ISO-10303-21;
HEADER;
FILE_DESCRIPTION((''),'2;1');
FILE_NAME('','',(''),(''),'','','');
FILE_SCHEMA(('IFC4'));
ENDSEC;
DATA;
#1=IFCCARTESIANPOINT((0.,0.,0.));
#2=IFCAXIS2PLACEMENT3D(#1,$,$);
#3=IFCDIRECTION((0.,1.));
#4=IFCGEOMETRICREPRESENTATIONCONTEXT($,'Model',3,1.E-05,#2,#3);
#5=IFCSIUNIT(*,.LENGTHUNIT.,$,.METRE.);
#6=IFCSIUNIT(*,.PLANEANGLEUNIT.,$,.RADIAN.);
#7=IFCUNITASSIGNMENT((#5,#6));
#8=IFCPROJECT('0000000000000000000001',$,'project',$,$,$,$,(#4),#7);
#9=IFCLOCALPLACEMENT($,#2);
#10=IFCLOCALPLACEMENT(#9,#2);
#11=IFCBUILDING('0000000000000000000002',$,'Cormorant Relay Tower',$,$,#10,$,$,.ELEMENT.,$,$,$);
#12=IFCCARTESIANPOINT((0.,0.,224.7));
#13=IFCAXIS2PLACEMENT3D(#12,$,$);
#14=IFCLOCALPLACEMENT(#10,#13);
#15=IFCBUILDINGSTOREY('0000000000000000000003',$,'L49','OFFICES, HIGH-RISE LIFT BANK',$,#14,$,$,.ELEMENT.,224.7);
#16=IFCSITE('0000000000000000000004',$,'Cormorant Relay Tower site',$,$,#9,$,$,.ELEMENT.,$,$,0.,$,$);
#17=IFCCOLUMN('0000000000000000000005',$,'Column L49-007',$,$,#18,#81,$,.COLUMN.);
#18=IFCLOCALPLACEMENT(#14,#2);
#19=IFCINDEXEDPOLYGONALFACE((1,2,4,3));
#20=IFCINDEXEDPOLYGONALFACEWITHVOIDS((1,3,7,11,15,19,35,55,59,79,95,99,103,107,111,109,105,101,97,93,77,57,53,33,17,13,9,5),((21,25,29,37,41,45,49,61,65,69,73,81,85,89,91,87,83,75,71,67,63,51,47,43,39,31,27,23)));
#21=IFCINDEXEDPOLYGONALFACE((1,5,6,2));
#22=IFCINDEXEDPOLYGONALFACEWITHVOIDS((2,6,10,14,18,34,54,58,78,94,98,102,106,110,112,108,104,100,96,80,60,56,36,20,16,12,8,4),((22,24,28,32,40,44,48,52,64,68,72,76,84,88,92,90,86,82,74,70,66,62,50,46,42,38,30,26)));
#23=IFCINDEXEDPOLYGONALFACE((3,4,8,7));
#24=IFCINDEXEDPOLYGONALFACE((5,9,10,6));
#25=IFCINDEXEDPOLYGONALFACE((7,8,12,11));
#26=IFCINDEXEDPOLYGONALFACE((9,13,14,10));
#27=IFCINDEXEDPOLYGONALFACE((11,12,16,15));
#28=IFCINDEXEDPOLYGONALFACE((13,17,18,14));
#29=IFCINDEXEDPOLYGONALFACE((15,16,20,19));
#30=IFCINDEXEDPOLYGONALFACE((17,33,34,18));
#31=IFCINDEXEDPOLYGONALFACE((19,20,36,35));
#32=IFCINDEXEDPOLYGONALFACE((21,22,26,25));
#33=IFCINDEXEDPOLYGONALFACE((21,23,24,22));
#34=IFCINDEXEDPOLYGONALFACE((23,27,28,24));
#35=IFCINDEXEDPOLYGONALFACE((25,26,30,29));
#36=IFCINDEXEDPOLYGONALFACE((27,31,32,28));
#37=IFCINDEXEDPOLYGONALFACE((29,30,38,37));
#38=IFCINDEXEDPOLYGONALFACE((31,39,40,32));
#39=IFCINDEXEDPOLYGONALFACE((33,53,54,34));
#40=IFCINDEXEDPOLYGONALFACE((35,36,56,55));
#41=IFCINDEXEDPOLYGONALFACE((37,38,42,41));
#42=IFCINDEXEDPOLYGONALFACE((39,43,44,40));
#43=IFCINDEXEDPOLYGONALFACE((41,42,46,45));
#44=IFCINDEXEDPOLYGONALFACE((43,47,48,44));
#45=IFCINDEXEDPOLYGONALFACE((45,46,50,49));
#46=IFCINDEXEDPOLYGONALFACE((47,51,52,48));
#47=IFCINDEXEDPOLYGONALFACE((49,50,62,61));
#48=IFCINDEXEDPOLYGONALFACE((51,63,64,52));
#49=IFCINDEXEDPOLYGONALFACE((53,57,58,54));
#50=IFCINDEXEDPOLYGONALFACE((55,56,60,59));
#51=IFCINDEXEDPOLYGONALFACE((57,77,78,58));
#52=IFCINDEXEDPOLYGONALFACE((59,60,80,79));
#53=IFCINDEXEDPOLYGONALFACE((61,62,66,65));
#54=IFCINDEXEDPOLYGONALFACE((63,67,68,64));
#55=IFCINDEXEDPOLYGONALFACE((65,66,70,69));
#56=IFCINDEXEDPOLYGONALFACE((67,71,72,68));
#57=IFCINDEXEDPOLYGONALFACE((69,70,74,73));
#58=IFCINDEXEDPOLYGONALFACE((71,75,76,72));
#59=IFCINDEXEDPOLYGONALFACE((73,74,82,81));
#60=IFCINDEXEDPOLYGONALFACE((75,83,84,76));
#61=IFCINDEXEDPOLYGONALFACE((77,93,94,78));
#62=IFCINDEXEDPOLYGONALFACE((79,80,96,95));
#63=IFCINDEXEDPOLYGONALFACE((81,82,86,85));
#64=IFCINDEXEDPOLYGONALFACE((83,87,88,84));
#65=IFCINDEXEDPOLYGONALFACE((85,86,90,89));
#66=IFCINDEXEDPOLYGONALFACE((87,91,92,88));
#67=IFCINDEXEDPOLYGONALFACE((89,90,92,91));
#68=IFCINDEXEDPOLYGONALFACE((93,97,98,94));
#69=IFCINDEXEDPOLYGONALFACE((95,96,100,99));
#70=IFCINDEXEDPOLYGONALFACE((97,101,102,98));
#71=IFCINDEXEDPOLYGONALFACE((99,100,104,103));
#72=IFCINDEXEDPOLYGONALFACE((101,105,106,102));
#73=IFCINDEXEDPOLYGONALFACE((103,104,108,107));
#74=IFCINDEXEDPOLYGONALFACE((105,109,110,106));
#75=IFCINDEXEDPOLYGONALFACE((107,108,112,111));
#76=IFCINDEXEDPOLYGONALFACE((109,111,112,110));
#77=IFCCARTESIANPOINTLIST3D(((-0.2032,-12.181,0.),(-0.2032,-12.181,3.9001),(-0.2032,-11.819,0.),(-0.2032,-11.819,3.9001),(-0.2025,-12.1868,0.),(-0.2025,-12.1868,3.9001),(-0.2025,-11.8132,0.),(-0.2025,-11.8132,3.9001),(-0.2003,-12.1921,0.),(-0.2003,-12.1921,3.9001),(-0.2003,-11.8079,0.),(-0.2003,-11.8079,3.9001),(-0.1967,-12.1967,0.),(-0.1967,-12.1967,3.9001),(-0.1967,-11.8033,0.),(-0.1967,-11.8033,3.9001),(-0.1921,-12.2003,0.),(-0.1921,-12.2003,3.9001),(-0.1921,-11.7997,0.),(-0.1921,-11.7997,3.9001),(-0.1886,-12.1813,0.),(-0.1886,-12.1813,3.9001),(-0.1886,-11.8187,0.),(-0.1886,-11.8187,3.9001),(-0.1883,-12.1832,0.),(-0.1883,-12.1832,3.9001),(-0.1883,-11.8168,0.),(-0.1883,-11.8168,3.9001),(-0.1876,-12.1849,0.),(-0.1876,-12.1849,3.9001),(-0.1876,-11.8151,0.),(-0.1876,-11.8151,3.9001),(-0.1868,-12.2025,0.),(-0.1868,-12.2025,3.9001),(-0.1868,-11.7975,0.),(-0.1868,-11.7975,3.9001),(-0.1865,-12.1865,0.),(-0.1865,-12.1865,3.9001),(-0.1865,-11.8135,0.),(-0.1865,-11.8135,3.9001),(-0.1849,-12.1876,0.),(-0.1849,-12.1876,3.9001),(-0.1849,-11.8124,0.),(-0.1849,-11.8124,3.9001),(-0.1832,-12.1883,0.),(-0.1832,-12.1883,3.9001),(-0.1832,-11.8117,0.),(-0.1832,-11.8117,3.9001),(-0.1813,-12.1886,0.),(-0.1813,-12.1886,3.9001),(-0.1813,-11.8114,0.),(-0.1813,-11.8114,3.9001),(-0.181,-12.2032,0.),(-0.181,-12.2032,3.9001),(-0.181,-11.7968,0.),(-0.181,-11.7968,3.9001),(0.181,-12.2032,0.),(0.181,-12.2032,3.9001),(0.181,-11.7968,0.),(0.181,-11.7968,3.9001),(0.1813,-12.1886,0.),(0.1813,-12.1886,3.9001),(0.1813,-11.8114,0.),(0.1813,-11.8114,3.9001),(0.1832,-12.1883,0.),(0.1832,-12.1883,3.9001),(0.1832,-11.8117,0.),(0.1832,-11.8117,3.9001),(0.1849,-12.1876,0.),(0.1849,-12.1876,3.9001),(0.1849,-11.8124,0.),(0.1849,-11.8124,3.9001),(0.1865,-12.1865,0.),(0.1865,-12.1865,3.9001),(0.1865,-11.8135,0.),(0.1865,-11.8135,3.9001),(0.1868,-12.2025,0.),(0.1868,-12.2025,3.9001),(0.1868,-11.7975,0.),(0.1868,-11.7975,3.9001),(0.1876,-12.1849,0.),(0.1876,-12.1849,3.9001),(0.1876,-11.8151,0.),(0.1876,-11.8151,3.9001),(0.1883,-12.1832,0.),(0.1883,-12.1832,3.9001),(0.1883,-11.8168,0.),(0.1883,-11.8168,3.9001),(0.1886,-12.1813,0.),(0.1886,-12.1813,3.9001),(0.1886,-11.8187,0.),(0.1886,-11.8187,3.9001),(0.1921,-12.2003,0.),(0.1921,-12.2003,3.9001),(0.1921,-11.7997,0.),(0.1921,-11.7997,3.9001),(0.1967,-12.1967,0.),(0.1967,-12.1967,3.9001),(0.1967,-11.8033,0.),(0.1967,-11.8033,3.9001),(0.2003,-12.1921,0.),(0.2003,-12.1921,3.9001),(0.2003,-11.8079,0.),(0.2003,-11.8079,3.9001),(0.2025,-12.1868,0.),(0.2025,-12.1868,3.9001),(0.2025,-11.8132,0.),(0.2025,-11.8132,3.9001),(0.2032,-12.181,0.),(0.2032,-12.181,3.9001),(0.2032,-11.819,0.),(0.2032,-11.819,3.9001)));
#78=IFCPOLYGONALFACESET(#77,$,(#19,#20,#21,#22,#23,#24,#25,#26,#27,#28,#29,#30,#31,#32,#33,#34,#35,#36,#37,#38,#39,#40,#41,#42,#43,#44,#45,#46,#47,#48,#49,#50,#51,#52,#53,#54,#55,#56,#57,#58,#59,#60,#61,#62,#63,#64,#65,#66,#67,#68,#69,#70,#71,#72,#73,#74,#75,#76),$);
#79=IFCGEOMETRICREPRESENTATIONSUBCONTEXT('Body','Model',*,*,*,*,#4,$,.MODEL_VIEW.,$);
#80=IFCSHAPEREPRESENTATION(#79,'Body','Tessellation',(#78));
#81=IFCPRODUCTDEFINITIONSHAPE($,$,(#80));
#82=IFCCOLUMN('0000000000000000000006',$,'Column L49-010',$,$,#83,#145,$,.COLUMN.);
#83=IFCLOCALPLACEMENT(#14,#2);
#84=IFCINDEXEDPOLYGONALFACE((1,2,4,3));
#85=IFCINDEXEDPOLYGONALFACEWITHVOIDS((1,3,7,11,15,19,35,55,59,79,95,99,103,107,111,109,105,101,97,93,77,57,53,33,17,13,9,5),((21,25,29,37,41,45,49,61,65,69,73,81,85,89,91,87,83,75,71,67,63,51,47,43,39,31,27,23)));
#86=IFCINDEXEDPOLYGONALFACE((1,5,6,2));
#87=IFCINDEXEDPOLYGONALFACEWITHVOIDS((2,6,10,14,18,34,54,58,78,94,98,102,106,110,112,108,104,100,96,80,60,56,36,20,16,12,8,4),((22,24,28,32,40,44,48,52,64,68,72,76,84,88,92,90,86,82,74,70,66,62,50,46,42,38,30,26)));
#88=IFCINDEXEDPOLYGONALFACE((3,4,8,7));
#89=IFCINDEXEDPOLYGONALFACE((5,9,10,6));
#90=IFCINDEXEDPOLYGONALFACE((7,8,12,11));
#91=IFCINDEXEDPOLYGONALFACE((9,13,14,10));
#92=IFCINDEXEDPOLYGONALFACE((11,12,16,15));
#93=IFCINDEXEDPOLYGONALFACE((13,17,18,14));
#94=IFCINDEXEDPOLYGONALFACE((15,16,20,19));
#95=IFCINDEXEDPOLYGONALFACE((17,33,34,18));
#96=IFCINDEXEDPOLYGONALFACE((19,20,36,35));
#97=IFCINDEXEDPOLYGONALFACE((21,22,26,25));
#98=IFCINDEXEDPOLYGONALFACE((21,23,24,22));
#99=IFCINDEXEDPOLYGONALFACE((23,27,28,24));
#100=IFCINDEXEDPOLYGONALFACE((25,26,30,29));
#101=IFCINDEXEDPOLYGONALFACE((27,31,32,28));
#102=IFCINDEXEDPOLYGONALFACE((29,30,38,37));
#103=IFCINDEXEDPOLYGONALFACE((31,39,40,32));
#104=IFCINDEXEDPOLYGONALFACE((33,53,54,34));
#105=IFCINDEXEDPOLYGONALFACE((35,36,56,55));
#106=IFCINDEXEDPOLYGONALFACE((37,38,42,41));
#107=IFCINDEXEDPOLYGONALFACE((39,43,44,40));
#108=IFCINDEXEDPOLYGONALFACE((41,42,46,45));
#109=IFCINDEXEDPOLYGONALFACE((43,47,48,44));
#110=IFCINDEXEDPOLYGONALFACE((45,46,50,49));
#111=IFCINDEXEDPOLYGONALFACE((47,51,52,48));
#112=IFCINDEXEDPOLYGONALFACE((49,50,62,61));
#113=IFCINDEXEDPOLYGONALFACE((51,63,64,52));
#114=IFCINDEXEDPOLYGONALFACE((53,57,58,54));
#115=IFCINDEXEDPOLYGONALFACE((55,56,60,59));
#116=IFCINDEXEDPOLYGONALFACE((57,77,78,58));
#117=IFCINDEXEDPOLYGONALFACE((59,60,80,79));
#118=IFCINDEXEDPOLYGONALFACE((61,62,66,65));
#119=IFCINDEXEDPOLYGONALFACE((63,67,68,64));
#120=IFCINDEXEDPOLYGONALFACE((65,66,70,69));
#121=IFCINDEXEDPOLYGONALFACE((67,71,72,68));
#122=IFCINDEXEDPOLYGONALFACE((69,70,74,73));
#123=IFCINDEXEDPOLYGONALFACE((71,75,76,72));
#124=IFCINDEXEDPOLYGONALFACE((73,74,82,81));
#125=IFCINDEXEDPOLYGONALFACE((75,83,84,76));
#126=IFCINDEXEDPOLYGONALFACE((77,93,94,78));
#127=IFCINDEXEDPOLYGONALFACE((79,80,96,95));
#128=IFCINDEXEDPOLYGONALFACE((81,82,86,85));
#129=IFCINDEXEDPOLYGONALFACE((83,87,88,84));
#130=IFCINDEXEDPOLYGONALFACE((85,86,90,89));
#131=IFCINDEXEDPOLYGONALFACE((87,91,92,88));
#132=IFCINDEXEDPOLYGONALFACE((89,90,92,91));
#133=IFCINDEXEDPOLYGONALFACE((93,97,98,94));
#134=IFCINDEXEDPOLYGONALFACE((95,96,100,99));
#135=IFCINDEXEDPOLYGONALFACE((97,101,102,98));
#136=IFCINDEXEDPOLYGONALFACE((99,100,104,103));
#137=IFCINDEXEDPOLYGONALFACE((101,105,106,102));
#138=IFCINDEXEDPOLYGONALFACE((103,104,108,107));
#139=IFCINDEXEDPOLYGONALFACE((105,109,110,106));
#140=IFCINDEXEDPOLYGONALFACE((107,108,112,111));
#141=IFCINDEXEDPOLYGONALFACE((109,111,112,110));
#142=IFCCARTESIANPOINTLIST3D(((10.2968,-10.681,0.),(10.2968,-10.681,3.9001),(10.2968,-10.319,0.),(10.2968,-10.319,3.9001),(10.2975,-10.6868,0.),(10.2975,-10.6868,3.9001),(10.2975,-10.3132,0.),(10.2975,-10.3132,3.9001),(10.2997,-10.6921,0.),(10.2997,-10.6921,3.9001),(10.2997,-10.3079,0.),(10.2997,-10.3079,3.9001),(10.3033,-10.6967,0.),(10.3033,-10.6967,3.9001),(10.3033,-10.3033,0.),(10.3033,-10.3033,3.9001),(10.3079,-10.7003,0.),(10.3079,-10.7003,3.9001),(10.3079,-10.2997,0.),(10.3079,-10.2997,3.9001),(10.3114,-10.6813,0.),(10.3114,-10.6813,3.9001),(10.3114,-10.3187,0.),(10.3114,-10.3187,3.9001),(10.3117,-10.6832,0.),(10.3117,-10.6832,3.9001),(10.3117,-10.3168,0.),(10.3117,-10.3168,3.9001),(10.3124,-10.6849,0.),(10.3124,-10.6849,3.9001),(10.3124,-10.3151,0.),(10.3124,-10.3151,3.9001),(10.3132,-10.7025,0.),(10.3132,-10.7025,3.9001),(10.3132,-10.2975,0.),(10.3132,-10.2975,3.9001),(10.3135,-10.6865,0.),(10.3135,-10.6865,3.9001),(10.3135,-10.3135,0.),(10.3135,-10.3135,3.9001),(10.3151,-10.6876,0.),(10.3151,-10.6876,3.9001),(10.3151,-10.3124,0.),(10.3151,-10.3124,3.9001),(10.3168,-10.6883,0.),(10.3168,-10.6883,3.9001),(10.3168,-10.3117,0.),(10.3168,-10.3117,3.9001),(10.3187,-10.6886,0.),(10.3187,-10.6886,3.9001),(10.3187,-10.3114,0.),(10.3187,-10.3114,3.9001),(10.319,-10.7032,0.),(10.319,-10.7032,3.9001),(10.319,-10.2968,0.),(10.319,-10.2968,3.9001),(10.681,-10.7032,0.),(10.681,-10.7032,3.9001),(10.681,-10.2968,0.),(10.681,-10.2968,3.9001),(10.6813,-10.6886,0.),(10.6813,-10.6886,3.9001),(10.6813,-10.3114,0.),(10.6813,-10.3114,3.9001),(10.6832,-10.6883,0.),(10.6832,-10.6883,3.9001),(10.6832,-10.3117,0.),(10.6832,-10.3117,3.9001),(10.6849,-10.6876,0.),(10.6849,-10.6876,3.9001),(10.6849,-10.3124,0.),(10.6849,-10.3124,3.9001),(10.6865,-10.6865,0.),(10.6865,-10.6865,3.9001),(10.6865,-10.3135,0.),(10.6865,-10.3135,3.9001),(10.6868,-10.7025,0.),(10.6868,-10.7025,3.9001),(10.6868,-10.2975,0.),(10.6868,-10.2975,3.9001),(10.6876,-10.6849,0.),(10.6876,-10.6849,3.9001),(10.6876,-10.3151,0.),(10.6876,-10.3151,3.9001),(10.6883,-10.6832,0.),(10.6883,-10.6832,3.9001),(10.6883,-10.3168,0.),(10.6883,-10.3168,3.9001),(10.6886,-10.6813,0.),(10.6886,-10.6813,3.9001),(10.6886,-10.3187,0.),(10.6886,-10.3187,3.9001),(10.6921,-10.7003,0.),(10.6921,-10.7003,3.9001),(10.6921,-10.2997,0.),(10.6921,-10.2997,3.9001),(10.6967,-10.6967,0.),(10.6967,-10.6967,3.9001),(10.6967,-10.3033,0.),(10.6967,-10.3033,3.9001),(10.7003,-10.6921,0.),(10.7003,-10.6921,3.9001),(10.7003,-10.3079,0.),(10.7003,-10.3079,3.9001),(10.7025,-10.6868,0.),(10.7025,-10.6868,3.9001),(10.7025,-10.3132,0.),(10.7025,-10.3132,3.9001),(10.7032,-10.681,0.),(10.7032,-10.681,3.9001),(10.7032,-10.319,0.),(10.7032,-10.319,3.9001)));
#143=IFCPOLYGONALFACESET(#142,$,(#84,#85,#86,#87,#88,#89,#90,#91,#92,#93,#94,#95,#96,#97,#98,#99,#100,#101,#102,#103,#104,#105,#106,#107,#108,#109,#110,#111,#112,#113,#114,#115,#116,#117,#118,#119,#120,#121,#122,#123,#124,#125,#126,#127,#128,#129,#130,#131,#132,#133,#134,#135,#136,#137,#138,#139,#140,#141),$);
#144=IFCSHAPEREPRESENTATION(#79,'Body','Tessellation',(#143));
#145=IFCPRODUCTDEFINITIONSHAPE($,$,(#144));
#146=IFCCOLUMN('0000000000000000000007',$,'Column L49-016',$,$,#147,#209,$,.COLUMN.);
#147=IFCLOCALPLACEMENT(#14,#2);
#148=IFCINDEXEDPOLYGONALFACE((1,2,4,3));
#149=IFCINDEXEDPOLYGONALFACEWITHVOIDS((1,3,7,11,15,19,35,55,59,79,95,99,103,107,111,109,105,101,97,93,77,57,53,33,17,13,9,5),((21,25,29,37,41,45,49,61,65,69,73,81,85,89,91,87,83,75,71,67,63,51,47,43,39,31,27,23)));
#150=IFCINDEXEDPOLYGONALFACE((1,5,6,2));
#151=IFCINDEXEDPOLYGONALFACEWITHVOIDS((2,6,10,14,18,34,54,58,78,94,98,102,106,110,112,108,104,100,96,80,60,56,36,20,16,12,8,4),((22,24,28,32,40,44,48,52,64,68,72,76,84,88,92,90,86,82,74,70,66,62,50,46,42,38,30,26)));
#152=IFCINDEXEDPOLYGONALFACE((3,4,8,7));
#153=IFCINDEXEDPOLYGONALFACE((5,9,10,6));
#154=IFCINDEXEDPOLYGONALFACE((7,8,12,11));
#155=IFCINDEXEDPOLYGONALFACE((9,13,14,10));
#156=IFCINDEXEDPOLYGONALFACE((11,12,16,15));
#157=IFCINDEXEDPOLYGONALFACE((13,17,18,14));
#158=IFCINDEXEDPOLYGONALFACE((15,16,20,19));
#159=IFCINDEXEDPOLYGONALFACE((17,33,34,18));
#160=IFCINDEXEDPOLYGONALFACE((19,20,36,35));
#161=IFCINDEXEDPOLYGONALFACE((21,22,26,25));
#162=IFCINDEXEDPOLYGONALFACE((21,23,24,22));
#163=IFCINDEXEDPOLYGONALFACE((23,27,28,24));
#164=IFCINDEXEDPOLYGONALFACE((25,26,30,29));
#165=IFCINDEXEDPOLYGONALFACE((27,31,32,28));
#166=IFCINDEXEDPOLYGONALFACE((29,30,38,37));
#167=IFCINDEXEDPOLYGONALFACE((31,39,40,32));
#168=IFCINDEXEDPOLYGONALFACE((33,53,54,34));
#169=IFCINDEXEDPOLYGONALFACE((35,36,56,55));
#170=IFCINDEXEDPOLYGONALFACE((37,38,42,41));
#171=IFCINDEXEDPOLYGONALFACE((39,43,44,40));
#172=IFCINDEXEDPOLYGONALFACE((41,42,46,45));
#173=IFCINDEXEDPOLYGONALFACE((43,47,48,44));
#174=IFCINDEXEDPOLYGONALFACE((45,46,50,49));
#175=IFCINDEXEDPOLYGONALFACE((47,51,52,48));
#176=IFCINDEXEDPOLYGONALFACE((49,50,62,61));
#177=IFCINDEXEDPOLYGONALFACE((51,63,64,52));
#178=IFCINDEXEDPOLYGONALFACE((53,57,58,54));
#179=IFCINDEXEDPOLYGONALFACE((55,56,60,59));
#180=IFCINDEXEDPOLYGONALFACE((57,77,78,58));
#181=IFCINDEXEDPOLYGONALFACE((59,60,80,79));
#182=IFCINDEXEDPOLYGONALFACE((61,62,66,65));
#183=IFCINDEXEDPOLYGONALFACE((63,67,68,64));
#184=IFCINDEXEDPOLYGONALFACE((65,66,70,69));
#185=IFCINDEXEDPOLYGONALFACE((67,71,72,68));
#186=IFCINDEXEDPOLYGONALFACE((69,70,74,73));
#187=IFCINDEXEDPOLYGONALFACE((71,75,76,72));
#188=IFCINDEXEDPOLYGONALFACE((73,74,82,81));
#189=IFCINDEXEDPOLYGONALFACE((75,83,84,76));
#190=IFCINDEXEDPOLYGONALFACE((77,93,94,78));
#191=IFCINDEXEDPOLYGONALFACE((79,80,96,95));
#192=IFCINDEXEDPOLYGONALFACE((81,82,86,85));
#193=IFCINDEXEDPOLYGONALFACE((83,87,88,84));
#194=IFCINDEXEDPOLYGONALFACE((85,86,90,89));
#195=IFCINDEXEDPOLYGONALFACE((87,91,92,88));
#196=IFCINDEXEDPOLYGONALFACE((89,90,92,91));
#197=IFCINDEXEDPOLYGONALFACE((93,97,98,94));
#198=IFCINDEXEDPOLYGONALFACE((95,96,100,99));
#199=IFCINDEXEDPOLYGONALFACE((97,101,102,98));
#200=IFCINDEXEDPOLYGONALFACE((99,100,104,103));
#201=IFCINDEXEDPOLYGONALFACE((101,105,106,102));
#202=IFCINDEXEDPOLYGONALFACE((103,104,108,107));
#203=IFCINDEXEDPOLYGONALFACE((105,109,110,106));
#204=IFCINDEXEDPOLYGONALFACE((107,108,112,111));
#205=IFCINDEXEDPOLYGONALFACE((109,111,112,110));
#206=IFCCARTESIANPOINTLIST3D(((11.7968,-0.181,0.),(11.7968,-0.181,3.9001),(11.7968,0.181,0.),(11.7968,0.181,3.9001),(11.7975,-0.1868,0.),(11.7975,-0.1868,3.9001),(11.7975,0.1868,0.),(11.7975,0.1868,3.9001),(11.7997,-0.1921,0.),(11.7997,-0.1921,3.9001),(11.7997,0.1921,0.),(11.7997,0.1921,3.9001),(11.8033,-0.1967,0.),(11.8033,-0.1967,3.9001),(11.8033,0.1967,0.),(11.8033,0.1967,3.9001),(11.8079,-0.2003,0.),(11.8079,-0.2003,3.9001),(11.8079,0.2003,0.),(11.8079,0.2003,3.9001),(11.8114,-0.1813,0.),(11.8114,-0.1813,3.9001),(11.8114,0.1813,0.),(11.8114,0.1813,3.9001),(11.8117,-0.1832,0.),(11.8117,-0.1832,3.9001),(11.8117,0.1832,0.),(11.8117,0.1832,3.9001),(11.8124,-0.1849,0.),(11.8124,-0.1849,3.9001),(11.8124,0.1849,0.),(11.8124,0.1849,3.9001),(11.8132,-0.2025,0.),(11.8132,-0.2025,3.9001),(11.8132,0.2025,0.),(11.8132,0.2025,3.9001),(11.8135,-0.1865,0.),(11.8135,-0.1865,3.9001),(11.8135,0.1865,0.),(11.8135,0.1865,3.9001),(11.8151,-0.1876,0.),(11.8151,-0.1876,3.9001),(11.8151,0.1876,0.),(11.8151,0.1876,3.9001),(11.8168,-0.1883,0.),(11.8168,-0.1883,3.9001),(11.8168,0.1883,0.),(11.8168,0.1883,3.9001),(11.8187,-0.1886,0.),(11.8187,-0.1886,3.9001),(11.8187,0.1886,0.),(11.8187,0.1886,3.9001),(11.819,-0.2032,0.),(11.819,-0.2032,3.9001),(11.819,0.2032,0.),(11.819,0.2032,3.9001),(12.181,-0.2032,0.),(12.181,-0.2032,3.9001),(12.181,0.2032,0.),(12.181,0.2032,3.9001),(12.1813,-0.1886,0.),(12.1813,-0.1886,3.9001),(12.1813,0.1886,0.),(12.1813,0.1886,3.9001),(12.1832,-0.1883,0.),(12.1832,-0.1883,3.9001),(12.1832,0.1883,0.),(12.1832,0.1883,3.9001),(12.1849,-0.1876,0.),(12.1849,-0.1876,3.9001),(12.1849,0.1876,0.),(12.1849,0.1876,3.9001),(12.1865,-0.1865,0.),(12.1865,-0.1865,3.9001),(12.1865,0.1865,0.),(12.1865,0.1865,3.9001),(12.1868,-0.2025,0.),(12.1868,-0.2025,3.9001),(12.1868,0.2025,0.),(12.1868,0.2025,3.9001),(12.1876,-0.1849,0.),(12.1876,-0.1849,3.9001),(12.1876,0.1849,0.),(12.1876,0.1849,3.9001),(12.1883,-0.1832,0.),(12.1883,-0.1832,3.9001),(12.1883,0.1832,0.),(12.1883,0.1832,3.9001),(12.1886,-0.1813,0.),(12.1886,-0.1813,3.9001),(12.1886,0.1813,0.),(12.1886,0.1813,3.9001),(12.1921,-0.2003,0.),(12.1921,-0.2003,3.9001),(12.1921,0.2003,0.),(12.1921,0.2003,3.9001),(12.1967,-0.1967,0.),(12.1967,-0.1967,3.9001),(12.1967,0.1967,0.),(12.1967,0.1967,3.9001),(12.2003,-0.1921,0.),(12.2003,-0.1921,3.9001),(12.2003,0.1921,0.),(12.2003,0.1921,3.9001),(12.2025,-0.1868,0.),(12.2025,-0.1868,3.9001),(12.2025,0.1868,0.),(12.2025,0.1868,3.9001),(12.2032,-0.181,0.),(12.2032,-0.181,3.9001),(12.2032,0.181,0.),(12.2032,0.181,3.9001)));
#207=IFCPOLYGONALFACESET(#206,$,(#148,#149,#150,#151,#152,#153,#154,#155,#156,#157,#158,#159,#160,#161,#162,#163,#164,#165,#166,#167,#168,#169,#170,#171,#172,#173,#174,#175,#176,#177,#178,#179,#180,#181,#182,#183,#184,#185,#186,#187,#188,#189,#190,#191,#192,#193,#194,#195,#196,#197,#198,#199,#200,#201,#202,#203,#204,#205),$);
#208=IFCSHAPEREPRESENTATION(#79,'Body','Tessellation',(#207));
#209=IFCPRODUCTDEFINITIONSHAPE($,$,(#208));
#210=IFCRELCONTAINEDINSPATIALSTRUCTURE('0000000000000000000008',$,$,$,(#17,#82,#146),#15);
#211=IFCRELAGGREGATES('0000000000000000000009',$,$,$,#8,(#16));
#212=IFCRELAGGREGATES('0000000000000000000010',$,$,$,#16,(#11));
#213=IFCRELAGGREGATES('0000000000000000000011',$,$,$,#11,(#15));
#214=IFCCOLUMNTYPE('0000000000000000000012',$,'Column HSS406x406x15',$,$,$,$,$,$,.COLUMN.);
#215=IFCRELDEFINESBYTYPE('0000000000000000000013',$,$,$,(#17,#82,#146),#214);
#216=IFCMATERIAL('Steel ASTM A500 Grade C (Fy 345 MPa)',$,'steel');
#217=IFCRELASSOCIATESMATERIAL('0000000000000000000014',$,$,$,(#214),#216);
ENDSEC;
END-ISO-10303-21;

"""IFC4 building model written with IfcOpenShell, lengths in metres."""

from ifc_helpers import new_model, si_unit, direction, frame, origin, origin_2d, place, context, subcontext, project, spatial, hollow_rectangle, extrude, material, material_profile, profile_set, type_object, element, save


model = new_model("IFC4")

# Units and contexts
model_context = context("Model", 3, precision=1e-05, world=origin(), true_north=direction((0.0, 1.0)))
body_context = subcontext(model_context, "Body", "Model", "MODEL_VIEW")
ifc_project = project(units=[si_unit("LENGTHUNIT", "METRE"), si_unit("PLANEANGLEUNIT", "RADIAN")], contexts=[model_context])

# Site, building, storey
site_placement = place(None, origin())
site = spatial("IfcSite", under=ifc_project, at=site_placement, Name="Cormorant Relay Tower site", CompositionType="ELEMENT", RefElevation=0.0)
building_placement = place(site_placement, origin())
building = spatial("IfcBuilding", under=site, at=building_placement, Name="Cormorant Relay Tower", CompositionType="ELEMENT")
storey_placement = place(building_placement, frame((0.0, 0.0, 224.7)))
storey = spatial("IfcBuildingStorey", under=building, at=storey_placement, Name="L49", Description="OFFICES, HIGH-RISE LIFT BANK", CompositionType="ELEMENT", Elevation=224.7)

# Columns
ifc_material_1 = material(Name="Steel ASTM A500 Grade C (Fy 345 MPa)", Category="steel")
ifc_material_profile_1 = material_profile(ifc_material_1, hollow_rectangle(XDim=0.4065, YDim=0.4065, WallThickness=0.0146, InnerFilletRadius=0.0073, OuterFilletRadius=0.0222, at=origin_2d()), Name="HSS406x406x15")
ifc_profile_set_1 = profile_set([ifc_material_profile_1], Name="Steel ASTM A500 Grade C (Fy 345 MPa)")
column_type_1 = type_object("IfcColumnType", Name="Column HSS406x406x15", PredefinedType="COLUMN", material=ifc_profile_set_1)
for number, where, z_axis, x_axis, name in (
    (1, (0.0, -12.0, 0.0), (0.0, 0.0, 1.0), (1.0, 0.0, 0.0), "Column L49-007"),
    (2, (10.5, -10.5, 0.0), (0.0, 0.0, 1.0), (1.0, 0.0, 0.0), "Column L49-010"),
    (3, (12.0, 0.0, 0.0), (0.0, 0.0, 1.0), (1.0, 0.0, 0.0), "Column L49-016"),
):
    element("IfcColumn", number, at=place(storey_placement, frame(where, z_axis=z_axis, x_axis=x_axis)), inside=storey, type_object=column_type_1, Name=name, PredefinedType="COLUMN", context=body_context, shape_type="SweptSolid", body=[
        extrude(hollow_rectangle(XDim=0.4065, YDim=0.4065, WallThickness=0.0146, InnerFilletRadius=0.0073, OuterFilletRadius=0.0222, at=origin_2d()), origin(), (0.0, 0.0, 1.0), 3.9001),
    ])

save(model, "model.ifc")
